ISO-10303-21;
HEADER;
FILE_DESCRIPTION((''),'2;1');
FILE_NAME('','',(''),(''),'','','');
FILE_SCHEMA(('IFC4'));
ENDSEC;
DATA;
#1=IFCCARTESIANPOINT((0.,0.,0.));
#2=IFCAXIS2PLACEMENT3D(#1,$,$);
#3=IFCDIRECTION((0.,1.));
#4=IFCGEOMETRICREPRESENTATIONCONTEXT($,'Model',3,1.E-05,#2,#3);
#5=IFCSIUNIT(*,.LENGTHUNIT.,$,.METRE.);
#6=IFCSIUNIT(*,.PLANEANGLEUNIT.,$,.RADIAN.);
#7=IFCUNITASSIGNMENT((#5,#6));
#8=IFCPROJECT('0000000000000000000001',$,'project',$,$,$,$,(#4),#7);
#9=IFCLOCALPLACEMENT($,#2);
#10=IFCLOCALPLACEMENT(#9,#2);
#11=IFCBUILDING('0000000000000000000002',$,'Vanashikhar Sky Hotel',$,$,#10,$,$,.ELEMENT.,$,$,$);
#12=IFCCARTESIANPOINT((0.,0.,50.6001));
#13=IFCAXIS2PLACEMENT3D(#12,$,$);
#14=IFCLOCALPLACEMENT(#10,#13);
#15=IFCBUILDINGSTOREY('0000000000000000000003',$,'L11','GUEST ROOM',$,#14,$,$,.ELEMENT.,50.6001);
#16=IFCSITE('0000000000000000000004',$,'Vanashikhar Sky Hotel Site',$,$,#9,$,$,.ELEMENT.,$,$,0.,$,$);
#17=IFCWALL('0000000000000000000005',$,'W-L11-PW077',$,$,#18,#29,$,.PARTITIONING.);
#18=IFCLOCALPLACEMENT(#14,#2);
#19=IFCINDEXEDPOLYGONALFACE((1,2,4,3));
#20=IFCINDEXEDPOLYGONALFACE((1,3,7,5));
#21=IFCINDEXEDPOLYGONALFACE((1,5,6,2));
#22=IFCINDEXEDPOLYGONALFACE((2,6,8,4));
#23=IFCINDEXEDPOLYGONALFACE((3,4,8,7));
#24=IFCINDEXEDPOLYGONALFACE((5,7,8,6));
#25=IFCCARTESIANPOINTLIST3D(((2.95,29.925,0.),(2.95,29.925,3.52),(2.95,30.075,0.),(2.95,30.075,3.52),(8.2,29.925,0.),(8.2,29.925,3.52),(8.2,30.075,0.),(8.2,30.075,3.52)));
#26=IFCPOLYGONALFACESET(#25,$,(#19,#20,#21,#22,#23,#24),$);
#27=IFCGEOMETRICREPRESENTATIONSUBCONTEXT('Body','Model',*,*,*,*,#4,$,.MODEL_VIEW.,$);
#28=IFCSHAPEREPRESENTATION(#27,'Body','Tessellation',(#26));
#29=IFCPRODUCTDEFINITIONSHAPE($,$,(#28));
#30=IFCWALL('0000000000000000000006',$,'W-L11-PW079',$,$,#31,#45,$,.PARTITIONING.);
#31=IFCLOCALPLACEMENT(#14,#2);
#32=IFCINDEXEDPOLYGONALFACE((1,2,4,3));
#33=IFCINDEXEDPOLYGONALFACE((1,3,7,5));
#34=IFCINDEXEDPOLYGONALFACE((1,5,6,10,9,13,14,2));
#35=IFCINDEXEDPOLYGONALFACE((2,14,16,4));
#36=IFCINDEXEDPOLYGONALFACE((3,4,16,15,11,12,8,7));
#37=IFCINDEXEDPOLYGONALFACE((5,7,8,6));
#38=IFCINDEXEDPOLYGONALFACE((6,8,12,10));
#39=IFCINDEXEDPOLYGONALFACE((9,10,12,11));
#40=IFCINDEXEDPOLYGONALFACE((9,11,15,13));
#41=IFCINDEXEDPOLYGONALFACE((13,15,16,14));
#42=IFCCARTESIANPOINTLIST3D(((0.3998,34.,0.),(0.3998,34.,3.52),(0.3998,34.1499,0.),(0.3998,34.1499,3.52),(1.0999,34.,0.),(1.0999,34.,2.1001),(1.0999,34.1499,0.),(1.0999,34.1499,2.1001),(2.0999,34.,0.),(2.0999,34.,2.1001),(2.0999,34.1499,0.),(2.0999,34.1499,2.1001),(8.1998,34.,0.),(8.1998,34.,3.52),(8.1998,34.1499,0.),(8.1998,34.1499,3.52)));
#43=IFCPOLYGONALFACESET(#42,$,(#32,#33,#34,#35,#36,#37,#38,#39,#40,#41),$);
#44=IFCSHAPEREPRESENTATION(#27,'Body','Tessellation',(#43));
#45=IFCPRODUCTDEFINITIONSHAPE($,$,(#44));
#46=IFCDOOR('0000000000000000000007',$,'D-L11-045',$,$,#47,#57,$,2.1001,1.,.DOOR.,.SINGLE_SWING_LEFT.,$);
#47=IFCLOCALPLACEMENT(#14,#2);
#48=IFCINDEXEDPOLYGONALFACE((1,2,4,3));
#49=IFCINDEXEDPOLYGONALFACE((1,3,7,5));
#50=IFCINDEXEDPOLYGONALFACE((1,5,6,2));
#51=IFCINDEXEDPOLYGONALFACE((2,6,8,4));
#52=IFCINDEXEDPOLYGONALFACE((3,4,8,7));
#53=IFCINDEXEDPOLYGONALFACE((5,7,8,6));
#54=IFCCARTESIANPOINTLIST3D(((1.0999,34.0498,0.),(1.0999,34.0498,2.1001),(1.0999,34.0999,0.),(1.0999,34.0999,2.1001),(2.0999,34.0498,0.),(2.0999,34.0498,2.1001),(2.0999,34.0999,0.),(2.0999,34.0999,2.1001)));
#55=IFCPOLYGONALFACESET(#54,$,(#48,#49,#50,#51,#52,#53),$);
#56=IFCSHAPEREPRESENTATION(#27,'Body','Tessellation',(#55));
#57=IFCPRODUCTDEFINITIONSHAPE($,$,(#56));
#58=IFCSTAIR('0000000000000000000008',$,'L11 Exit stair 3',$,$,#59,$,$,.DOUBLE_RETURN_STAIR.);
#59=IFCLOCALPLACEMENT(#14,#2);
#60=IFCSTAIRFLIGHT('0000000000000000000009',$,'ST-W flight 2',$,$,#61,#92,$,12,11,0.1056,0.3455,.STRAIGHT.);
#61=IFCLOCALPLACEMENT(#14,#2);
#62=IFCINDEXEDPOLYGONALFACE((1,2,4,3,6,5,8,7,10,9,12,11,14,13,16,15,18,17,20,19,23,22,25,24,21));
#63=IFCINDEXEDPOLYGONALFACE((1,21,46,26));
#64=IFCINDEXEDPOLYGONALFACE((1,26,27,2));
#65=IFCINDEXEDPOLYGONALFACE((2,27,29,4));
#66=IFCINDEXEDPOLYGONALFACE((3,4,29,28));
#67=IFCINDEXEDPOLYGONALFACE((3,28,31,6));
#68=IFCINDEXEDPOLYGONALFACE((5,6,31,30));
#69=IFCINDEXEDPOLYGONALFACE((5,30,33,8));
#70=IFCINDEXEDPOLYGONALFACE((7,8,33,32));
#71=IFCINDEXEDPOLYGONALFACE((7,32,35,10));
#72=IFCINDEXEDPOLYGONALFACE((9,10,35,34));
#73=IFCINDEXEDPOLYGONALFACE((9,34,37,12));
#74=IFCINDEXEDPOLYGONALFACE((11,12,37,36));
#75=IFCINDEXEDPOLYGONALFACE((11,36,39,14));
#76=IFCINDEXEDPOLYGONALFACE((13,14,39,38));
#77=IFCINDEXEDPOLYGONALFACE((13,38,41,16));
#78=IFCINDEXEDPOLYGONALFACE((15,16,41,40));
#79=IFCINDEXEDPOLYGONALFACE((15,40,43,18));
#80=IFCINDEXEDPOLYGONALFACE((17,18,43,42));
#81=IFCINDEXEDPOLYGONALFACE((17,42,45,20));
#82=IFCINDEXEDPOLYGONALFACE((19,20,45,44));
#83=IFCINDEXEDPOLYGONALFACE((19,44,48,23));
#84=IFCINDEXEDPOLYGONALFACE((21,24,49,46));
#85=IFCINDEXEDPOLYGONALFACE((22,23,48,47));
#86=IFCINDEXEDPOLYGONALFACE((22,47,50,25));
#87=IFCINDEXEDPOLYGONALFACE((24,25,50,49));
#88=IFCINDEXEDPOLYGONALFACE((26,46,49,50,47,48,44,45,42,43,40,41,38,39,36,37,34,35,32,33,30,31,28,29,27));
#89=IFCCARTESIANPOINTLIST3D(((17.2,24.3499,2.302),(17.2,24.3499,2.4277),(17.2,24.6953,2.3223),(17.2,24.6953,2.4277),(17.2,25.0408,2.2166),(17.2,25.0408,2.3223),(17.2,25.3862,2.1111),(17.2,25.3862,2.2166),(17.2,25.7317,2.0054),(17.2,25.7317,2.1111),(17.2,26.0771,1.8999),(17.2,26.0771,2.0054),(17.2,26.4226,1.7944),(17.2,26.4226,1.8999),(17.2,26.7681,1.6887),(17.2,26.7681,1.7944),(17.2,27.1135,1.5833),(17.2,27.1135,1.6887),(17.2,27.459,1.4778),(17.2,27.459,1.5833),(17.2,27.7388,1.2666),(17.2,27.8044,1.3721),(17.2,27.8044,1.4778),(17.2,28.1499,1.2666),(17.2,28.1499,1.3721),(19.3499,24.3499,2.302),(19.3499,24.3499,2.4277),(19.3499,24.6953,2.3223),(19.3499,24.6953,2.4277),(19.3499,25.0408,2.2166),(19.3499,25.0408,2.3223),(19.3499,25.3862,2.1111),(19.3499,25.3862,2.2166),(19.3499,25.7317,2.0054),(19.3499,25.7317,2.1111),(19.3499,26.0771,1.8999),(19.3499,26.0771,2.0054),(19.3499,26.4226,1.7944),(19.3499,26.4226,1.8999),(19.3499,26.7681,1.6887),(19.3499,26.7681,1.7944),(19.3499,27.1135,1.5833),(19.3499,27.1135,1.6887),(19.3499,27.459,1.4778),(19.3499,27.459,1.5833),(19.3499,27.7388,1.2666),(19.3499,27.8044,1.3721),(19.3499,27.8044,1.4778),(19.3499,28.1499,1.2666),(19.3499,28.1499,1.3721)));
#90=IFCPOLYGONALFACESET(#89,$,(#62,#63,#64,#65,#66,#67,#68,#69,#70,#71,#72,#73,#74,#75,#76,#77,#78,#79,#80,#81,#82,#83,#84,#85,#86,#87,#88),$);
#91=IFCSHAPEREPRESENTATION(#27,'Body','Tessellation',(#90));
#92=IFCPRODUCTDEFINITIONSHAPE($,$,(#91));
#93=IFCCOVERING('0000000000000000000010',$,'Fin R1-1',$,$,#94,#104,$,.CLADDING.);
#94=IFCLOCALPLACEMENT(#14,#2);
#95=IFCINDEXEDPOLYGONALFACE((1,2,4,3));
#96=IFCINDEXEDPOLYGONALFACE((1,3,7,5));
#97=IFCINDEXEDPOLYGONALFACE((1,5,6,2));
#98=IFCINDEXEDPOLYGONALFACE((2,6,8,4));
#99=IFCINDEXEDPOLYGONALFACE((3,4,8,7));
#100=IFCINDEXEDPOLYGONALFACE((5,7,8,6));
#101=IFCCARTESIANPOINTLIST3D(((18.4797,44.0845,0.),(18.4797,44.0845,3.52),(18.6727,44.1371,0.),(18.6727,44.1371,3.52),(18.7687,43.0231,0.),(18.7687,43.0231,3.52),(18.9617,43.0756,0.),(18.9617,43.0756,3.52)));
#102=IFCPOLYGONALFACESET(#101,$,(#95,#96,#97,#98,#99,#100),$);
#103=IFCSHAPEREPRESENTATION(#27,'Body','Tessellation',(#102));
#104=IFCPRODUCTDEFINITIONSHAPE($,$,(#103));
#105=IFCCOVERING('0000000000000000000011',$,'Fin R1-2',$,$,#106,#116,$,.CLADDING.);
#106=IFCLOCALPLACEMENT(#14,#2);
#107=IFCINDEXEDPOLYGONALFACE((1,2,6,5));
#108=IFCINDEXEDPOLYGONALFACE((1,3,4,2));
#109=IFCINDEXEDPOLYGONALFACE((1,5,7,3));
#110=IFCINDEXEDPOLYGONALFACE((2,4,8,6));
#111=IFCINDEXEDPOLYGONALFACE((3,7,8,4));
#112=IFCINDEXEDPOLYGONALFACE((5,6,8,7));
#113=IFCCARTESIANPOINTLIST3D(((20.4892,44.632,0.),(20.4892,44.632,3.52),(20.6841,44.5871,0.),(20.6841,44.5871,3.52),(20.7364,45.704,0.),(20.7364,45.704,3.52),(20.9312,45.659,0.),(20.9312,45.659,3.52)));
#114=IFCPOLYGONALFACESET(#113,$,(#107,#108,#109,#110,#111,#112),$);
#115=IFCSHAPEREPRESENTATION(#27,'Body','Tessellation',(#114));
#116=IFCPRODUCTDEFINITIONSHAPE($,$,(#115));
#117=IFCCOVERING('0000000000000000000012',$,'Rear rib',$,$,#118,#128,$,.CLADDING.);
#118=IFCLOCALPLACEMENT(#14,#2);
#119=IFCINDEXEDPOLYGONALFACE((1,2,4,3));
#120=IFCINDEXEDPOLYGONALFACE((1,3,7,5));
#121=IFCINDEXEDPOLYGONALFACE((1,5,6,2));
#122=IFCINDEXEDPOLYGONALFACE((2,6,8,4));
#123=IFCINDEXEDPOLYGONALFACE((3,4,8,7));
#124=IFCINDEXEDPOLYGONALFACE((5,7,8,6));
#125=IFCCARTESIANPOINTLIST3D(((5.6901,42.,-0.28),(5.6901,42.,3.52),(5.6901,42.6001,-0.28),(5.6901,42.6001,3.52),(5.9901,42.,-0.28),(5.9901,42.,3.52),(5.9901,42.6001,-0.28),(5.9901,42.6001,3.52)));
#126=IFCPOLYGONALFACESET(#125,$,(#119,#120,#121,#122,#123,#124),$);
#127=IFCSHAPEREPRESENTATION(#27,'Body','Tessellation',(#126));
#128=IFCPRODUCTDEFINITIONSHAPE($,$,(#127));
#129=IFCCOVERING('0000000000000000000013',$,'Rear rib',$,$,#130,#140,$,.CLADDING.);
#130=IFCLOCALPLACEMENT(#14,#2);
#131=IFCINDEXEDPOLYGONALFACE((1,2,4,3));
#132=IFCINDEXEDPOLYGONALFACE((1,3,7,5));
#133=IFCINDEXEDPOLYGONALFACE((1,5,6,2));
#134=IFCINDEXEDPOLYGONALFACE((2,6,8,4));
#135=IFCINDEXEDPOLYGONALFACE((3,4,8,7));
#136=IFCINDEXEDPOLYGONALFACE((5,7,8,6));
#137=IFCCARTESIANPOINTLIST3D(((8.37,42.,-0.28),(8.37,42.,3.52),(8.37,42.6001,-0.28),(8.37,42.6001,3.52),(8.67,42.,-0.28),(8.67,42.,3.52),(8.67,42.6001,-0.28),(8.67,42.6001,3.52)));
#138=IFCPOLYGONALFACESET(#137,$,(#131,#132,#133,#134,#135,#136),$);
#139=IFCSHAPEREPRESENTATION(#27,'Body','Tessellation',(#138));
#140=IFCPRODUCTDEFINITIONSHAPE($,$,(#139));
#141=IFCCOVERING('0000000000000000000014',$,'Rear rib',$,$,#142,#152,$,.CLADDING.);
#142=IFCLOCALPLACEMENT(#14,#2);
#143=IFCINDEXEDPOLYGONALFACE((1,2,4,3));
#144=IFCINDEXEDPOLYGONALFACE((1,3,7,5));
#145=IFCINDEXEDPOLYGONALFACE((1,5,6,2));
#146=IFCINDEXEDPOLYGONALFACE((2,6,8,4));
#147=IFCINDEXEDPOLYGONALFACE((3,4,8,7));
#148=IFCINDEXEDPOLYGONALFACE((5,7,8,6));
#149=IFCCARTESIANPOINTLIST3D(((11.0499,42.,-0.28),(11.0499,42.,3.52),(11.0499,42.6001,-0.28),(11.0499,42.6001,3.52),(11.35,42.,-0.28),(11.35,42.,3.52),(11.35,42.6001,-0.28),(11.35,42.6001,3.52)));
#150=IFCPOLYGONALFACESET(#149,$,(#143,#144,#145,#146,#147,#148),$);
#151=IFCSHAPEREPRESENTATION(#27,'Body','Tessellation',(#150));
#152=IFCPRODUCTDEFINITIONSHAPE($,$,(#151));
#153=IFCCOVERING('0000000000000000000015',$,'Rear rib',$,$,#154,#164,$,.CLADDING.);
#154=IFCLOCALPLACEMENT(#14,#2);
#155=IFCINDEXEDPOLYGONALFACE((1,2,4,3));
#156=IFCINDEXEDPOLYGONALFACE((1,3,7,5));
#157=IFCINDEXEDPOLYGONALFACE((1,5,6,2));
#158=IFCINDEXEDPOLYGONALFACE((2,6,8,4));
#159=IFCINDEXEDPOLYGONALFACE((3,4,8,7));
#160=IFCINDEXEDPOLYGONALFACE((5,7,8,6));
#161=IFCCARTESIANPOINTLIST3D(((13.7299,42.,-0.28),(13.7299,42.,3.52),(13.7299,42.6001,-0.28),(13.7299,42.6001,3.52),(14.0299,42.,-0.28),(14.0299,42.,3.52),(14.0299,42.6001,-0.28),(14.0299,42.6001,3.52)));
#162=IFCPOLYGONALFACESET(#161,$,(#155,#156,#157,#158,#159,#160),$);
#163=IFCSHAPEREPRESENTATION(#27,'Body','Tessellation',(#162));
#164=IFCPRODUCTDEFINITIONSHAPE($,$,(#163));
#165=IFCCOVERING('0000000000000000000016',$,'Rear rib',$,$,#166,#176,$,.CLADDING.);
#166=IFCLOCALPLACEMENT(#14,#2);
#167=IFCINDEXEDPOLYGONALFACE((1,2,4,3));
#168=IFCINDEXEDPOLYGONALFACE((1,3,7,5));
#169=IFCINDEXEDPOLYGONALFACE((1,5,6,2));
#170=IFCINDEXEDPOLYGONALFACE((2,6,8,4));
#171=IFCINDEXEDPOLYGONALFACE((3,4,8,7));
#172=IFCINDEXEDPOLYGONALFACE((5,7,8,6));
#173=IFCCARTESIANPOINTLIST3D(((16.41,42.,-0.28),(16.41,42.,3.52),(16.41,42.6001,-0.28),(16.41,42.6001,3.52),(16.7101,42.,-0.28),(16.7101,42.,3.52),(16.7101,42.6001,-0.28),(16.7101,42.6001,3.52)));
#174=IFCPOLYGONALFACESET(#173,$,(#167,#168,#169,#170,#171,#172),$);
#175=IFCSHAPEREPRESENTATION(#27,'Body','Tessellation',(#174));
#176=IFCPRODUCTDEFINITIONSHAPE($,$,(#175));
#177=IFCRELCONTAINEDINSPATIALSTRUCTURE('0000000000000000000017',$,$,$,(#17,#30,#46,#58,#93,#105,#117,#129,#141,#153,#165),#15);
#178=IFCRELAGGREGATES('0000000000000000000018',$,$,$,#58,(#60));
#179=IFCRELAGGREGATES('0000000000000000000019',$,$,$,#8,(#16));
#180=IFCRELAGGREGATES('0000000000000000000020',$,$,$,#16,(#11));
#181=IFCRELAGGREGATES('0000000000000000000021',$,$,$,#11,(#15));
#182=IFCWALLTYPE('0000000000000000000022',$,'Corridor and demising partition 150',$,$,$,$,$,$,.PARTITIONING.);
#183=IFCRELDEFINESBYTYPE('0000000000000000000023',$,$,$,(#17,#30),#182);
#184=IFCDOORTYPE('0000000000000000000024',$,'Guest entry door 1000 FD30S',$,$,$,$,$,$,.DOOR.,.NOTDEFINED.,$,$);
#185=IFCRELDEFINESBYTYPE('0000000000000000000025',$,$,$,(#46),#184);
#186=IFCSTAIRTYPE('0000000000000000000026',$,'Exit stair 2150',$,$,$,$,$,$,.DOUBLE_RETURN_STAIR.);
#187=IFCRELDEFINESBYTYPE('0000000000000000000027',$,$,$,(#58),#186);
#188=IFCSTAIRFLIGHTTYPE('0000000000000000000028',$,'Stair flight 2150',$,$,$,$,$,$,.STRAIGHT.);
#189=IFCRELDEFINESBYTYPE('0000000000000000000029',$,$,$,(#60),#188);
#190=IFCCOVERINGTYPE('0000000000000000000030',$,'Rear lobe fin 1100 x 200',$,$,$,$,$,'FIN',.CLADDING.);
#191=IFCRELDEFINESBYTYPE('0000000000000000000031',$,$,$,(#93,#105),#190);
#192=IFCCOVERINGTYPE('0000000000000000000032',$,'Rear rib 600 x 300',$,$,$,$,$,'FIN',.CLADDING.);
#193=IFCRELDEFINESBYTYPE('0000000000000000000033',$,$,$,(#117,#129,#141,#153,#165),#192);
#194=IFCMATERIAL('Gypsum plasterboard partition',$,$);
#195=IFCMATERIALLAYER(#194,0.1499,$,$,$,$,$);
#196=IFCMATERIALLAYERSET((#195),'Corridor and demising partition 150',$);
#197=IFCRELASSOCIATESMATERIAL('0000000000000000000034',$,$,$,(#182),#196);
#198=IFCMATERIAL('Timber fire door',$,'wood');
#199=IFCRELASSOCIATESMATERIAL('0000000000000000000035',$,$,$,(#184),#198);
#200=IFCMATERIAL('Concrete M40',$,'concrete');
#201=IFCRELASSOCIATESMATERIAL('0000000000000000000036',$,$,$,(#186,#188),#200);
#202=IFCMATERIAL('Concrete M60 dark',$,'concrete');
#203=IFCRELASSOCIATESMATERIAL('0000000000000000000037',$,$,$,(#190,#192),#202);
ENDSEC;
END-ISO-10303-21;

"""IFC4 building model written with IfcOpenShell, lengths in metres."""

from ifc_helpers import new_model, si_unit, direction, frame, frame_2d, origin, origin_2d, place, context, subcontext, project, spatial, polyline, rectangle, outline, extrude, source, transform, mapped, material, layer, layer_set, material_profile, profile_set, type_object, element, fill, aggregate, save


model = new_model("IFC4")

# Units and contexts
model_context = context("Model", 3, precision=1e-05, world=origin(), true_north=direction((0.0, 1.0)))
body_context = subcontext(model_context, "Body", "Model", "MODEL_VIEW")
ifc_project = project(units=[si_unit("LENGTHUNIT", "METRE"), si_unit("PLANEANGLEUNIT", "RADIAN")], contexts=[model_context])

# Site, building, storey
site_placement = place(None, origin())
site = spatial("IfcSite", under=ifc_project, at=site_placement, Name="Vanashikhar Sky Hotel Site", CompositionType="ELEMENT", RefElevation=0.0)
building_placement = place(site_placement, origin())
building = spatial("IfcBuilding", under=site, at=building_placement, Name="Vanashikhar Sky Hotel", CompositionType="ELEMENT")
storey_placement = place(building_placement, frame((0.0, 0.0, 50.6001)))
storey = spatial("IfcBuildingStorey", under=building, at=storey_placement, Name="L11", Description="GUEST ROOM", CompositionType="ELEMENT", Elevation=50.6001)

# Shared definitions
shared_shape_1 = source(origin(), body_context, "Body", "SweptSolid", [
    extrude(rectangle(XDim=1.0, YDim=2.1001, at=frame_2d((0.5, 1.05))), frame((0.0, 0.0249, 0.0), z_axis=(0.0, -1.0, 0.0), x_axis=(1.0, 0.0, 0.0)), (0.0, 0.0, 1.0), 0.05),
])
ifc_material_1 = material(Name="Gypsum plasterboard partition")
ifc_layer_1 = layer(ifc_material_1, 0.1499)
ifc_layer_set_1 = layer_set([ifc_layer_1], Name="Corridor and demising partition 150")
wall_type_1 = type_object("IfcWallType", Name="Corridor and demising partition 150", PredefinedType="PARTITIONING", material=ifc_layer_set_1)
shared_shape_2 = source(origin(), body_context, "Body", "SweptSolid", [
    extrude(rectangle(XDim=1.0, YDim=2.1001, at=frame_2d((0.5, 1.05))), frame((0.0, 0.085, 0.0), z_axis=(0.0, -1.0, 0.0), x_axis=(1.0, 0.0, 0.0)), (0.0, 0.0, 1.0), 0.1699),
])
ifc_material_2 = material(Name="Timber fire door", Category="wood")
door_type_1 = type_object("IfcDoorType", Name="Guest entry door 1000 FD30S", OperationType="NOTDEFINED", PredefinedType="DOOR", material=ifc_material_2)

# Wall
shared_shape_3 = source(origin(), body_context, "Body", "SweptSolid", [
    extrude(rectangle(XDim=5.25, YDim=0.1499, at=frame_2d((2.625, 0.0))), origin(), (0.0, 0.0, 1.0), 3.52),
])
wall_1_placement = place(storey_placement, frame((2.95, 30.0, 0.0), z_axis=(0.0, 0.0, 1.0), x_axis=(1.0, 0.0, 0.0)))
element("IfcWall", 1, at=wall_1_placement, inside=storey, type_object=wall_type_1, Name="W-L11-PW077", PredefinedType="PARTITIONING", context=body_context, shape_type="MappedRepresentation", body=[
    mapped(shared_shape_3, transform((0.0, 0.0, 0.0), scale=1.0)),
])

# Wall, opening, door
shared_shape_4 = source(origin(), body_context, "Body", "SweptSolid", [
    extrude(rectangle(XDim=7.8, YDim=0.1499, at=frame_2d((3.8999, 0.0))), origin(), (0.0, 0.0, 1.0), 3.52),
])
wall_2_placement = place(storey_placement, frame((0.3999, 34.075, 0.0), z_axis=(0.0, 0.0, 1.0), x_axis=(1.0, 0.0, 0.0)))
wall_2 = element("IfcWall", 2, at=wall_2_placement, inside=storey, type_object=wall_type_1, Name="W-L11-PW079", PredefinedType="PARTITIONING", context=body_context, shape_type="MappedRepresentation", body=[
    mapped(shared_shape_4, transform((0.0, 0.0, 0.0), scale=1.0)),
])
opening_1_placement = place(wall_2_placement, frame((0.7, 0.0, 0.0)))
opening_1 = element("IfcOpeningElement", 3, at=opening_1_placement, cuts=wall_2, PredefinedType="OPENING", context=body_context, shape_type="MappedRepresentation", body=[
    mapped(shared_shape_2, transform((0.0, 0.0, 0.0), scale=1.0)),
])
door_1_placement = place(opening_1_placement, origin())
door_1 = element("IfcDoor", 4, at=door_1_placement, inside=storey, type_object=door_type_1, Name="D-L11-045", OperationType="SINGLE_SWING_LEFT", OverallHeight=2.1001, OverallWidth=1.0, PredefinedType="DOOR", context=body_context, shape_type="MappedRepresentation", body=[
    mapped(shared_shape_1, transform((0.0, 0.0, 0.0), scale=1.0)),
])
fill(opening_1, door_1)

# Stair, stair flight
ifc_material_3 = material(Name="Concrete M40", Category="concrete")
stair_type = type_object("IfcStairType", Name="Exit stair 2150", PredefinedType="DOUBLE_RETURN_STAIR", material=ifc_material_3)
stair_placement = place(storey_placement, origin())
stair = element("IfcStair", 5, at=stair_placement, inside=storey, type_object=stair_type, Name="L11 Exit stair 3", PredefinedType="DOUBLE_RETURN_STAIR")
stair_flight_type = type_object("IfcStairFlightType", Name="Stair flight 2150", PredefinedType="STRAIGHT", material=ifc_material_3)
shared_shape_5 = source(origin(), body_context, "Body", "SweptSolid", [
    extrude(outline(polyline([(0.0, 0.0), (0.0, 0.1055), (0.3455, 0.1055), (0.3455, 0.2112), (0.6909, 0.2112), (0.6909, 0.3167), (1.0364, 0.3167), (1.0364, 0.4221), (1.3818, 0.4221), (1.3818, 0.5278), (1.7273, 0.5278), (1.7273, 0.6333), (2.0728, 0.6333), (2.0728, 0.7388), (2.4182, 0.7388), (2.4182, 0.8445), (2.7637, 0.8445), (2.7637, 0.95), (3.1091, 0.95), (3.1091, 1.0557), (3.4546, 1.0557), (3.4546, 1.1611), (3.8, 1.1611), (3.8, 1.2666), (3.8, 1.0354), (0.4111, 0.0), (0.0, 0.0)])), frame((0.0, 1.075, 0.0), z_axis=(0.0, -1.0, 0.0), x_axis=(1.0, 0.0, 0.0)), (0.0, 0.0, 1.0), 2.1499),
])
stair_flight_placement = place(storey_placement, frame((18.2749, 28.1499, 1.2666), z_axis=(0.0, 0.0, 1.0), x_axis=(0.0, -1.0, 0.0)))
stair_flight = element("IfcStairFlight", 6, at=stair_flight_placement, type_object=stair_flight_type, Name="ST-W flight 2", NumberOfRisers=12, NumberOfTreads=11, PredefinedType="STRAIGHT", RiserHeight=0.1056, TreadLength=0.3455, context=body_context, shape_type="MappedRepresentation", body=[
    mapped(shared_shape_5, transform((0.0, 0.0, 0.0), scale=1.0)),
])
aggregate(stair, [stair_flight])

# Coverings
ifc_material_4 = material(Name="Concrete M60 dark", Category="concrete")
ifc_material_profile_1 = material_profile(ifc_material_4, rectangle(XDim=1.1001, YDim=0.2, at=origin_2d()))
ifc_profile_set_1 = profile_set([ifc_material_profile_1], Name="Rear lobe fin 1100 x 200")
covering_type_1 = type_object("IfcCoveringType", Name="Rear lobe fin 1100 x 200", ElementType="FIN", PredefinedType="CLADDING", material=ifc_profile_set_1)
shared_shape_6 = source(origin(), body_context, "Body", "SweptSolid", [
    extrude(rectangle(XDim=1.1001, YDim=0.2, at=origin_2d()), origin(), (0.0, 0.0, 1.0), 3.52),
])
for number, where, z_axis, x_axis, name in (
    (7, (18.7207, 43.5801, 0.0), (0.0, 0.0, 1.0), (-0.262711, 0.964874, 0.0), "Fin R1-1"),
    (8, (20.7102, 45.1455, 0.0), (0.0, 0.0, 1.0), (0.224645, 0.974441, 0.0), "Fin R1-2"),
):
    element("IfcCovering", number, at=place(storey_placement, frame(where, z_axis=z_axis, x_axis=x_axis)), inside=storey, type_object=covering_type_1, Name=name, PredefinedType="CLADDING", context=body_context, shape_type="MappedRepresentation", body=[
        mapped(shared_shape_6, transform((0.0, 0.0, 0.0), scale=1.0)),
    ])
ifc_material_profile_2 = material_profile(ifc_material_4, rectangle(XDim=0.6001, YDim=0.3, at=origin_2d()))
ifc_profile_set_2 = profile_set([ifc_material_profile_2], Name="Rear rib 600 x 300")
covering_type_2 = type_object("IfcCoveringType", Name="Rear rib 600 x 300", ElementType="FIN", PredefinedType="CLADDING", material=ifc_profile_set_2)
shared_shape_7 = source(origin(), body_context, "Body", "SweptSolid", [
    extrude(rectangle(XDim=0.6001, YDim=0.3, at=origin_2d()), origin(), (0.0, 0.0, 1.0), 3.8),
])
for number, where, z_axis, x_axis, name in (
    (9, (5.8401, 42.3, -0.28), (0.0, 0.0, 1.0), (0.0, 1.0, 0.0), "Rear rib"),
    (10, (8.52, 42.3, -0.28), (0.0, 0.0, 1.0), (0.0, 1.0, 0.0), "Rear rib"),
    (11, (11.2, 42.3, -0.28), (0.0, 0.0, 1.0), (0.0, 1.0, 0.0), "Rear rib"),
    (12, (13.8799, 42.3, -0.28), (0.0, 0.0, 1.0), (0.0, 1.0, 0.0), "Rear rib"),
    (13, (16.5601, 42.3, -0.28), (0.0, 0.0, 1.0), (0.0, 1.0, 0.0), "Rear rib"),
):
    element("IfcCovering", number, at=place(storey_placement, frame(where, z_axis=z_axis, x_axis=x_axis)), inside=storey, type_object=covering_type_2, Name=name, PredefinedType="CLADDING", context=body_context, shape_type="MappedRepresentation", body=[
        mapped(shared_shape_7, transform((0.0, 0.0, 0.0), scale=1.0)),
    ])

save(model, "model.ifc")
